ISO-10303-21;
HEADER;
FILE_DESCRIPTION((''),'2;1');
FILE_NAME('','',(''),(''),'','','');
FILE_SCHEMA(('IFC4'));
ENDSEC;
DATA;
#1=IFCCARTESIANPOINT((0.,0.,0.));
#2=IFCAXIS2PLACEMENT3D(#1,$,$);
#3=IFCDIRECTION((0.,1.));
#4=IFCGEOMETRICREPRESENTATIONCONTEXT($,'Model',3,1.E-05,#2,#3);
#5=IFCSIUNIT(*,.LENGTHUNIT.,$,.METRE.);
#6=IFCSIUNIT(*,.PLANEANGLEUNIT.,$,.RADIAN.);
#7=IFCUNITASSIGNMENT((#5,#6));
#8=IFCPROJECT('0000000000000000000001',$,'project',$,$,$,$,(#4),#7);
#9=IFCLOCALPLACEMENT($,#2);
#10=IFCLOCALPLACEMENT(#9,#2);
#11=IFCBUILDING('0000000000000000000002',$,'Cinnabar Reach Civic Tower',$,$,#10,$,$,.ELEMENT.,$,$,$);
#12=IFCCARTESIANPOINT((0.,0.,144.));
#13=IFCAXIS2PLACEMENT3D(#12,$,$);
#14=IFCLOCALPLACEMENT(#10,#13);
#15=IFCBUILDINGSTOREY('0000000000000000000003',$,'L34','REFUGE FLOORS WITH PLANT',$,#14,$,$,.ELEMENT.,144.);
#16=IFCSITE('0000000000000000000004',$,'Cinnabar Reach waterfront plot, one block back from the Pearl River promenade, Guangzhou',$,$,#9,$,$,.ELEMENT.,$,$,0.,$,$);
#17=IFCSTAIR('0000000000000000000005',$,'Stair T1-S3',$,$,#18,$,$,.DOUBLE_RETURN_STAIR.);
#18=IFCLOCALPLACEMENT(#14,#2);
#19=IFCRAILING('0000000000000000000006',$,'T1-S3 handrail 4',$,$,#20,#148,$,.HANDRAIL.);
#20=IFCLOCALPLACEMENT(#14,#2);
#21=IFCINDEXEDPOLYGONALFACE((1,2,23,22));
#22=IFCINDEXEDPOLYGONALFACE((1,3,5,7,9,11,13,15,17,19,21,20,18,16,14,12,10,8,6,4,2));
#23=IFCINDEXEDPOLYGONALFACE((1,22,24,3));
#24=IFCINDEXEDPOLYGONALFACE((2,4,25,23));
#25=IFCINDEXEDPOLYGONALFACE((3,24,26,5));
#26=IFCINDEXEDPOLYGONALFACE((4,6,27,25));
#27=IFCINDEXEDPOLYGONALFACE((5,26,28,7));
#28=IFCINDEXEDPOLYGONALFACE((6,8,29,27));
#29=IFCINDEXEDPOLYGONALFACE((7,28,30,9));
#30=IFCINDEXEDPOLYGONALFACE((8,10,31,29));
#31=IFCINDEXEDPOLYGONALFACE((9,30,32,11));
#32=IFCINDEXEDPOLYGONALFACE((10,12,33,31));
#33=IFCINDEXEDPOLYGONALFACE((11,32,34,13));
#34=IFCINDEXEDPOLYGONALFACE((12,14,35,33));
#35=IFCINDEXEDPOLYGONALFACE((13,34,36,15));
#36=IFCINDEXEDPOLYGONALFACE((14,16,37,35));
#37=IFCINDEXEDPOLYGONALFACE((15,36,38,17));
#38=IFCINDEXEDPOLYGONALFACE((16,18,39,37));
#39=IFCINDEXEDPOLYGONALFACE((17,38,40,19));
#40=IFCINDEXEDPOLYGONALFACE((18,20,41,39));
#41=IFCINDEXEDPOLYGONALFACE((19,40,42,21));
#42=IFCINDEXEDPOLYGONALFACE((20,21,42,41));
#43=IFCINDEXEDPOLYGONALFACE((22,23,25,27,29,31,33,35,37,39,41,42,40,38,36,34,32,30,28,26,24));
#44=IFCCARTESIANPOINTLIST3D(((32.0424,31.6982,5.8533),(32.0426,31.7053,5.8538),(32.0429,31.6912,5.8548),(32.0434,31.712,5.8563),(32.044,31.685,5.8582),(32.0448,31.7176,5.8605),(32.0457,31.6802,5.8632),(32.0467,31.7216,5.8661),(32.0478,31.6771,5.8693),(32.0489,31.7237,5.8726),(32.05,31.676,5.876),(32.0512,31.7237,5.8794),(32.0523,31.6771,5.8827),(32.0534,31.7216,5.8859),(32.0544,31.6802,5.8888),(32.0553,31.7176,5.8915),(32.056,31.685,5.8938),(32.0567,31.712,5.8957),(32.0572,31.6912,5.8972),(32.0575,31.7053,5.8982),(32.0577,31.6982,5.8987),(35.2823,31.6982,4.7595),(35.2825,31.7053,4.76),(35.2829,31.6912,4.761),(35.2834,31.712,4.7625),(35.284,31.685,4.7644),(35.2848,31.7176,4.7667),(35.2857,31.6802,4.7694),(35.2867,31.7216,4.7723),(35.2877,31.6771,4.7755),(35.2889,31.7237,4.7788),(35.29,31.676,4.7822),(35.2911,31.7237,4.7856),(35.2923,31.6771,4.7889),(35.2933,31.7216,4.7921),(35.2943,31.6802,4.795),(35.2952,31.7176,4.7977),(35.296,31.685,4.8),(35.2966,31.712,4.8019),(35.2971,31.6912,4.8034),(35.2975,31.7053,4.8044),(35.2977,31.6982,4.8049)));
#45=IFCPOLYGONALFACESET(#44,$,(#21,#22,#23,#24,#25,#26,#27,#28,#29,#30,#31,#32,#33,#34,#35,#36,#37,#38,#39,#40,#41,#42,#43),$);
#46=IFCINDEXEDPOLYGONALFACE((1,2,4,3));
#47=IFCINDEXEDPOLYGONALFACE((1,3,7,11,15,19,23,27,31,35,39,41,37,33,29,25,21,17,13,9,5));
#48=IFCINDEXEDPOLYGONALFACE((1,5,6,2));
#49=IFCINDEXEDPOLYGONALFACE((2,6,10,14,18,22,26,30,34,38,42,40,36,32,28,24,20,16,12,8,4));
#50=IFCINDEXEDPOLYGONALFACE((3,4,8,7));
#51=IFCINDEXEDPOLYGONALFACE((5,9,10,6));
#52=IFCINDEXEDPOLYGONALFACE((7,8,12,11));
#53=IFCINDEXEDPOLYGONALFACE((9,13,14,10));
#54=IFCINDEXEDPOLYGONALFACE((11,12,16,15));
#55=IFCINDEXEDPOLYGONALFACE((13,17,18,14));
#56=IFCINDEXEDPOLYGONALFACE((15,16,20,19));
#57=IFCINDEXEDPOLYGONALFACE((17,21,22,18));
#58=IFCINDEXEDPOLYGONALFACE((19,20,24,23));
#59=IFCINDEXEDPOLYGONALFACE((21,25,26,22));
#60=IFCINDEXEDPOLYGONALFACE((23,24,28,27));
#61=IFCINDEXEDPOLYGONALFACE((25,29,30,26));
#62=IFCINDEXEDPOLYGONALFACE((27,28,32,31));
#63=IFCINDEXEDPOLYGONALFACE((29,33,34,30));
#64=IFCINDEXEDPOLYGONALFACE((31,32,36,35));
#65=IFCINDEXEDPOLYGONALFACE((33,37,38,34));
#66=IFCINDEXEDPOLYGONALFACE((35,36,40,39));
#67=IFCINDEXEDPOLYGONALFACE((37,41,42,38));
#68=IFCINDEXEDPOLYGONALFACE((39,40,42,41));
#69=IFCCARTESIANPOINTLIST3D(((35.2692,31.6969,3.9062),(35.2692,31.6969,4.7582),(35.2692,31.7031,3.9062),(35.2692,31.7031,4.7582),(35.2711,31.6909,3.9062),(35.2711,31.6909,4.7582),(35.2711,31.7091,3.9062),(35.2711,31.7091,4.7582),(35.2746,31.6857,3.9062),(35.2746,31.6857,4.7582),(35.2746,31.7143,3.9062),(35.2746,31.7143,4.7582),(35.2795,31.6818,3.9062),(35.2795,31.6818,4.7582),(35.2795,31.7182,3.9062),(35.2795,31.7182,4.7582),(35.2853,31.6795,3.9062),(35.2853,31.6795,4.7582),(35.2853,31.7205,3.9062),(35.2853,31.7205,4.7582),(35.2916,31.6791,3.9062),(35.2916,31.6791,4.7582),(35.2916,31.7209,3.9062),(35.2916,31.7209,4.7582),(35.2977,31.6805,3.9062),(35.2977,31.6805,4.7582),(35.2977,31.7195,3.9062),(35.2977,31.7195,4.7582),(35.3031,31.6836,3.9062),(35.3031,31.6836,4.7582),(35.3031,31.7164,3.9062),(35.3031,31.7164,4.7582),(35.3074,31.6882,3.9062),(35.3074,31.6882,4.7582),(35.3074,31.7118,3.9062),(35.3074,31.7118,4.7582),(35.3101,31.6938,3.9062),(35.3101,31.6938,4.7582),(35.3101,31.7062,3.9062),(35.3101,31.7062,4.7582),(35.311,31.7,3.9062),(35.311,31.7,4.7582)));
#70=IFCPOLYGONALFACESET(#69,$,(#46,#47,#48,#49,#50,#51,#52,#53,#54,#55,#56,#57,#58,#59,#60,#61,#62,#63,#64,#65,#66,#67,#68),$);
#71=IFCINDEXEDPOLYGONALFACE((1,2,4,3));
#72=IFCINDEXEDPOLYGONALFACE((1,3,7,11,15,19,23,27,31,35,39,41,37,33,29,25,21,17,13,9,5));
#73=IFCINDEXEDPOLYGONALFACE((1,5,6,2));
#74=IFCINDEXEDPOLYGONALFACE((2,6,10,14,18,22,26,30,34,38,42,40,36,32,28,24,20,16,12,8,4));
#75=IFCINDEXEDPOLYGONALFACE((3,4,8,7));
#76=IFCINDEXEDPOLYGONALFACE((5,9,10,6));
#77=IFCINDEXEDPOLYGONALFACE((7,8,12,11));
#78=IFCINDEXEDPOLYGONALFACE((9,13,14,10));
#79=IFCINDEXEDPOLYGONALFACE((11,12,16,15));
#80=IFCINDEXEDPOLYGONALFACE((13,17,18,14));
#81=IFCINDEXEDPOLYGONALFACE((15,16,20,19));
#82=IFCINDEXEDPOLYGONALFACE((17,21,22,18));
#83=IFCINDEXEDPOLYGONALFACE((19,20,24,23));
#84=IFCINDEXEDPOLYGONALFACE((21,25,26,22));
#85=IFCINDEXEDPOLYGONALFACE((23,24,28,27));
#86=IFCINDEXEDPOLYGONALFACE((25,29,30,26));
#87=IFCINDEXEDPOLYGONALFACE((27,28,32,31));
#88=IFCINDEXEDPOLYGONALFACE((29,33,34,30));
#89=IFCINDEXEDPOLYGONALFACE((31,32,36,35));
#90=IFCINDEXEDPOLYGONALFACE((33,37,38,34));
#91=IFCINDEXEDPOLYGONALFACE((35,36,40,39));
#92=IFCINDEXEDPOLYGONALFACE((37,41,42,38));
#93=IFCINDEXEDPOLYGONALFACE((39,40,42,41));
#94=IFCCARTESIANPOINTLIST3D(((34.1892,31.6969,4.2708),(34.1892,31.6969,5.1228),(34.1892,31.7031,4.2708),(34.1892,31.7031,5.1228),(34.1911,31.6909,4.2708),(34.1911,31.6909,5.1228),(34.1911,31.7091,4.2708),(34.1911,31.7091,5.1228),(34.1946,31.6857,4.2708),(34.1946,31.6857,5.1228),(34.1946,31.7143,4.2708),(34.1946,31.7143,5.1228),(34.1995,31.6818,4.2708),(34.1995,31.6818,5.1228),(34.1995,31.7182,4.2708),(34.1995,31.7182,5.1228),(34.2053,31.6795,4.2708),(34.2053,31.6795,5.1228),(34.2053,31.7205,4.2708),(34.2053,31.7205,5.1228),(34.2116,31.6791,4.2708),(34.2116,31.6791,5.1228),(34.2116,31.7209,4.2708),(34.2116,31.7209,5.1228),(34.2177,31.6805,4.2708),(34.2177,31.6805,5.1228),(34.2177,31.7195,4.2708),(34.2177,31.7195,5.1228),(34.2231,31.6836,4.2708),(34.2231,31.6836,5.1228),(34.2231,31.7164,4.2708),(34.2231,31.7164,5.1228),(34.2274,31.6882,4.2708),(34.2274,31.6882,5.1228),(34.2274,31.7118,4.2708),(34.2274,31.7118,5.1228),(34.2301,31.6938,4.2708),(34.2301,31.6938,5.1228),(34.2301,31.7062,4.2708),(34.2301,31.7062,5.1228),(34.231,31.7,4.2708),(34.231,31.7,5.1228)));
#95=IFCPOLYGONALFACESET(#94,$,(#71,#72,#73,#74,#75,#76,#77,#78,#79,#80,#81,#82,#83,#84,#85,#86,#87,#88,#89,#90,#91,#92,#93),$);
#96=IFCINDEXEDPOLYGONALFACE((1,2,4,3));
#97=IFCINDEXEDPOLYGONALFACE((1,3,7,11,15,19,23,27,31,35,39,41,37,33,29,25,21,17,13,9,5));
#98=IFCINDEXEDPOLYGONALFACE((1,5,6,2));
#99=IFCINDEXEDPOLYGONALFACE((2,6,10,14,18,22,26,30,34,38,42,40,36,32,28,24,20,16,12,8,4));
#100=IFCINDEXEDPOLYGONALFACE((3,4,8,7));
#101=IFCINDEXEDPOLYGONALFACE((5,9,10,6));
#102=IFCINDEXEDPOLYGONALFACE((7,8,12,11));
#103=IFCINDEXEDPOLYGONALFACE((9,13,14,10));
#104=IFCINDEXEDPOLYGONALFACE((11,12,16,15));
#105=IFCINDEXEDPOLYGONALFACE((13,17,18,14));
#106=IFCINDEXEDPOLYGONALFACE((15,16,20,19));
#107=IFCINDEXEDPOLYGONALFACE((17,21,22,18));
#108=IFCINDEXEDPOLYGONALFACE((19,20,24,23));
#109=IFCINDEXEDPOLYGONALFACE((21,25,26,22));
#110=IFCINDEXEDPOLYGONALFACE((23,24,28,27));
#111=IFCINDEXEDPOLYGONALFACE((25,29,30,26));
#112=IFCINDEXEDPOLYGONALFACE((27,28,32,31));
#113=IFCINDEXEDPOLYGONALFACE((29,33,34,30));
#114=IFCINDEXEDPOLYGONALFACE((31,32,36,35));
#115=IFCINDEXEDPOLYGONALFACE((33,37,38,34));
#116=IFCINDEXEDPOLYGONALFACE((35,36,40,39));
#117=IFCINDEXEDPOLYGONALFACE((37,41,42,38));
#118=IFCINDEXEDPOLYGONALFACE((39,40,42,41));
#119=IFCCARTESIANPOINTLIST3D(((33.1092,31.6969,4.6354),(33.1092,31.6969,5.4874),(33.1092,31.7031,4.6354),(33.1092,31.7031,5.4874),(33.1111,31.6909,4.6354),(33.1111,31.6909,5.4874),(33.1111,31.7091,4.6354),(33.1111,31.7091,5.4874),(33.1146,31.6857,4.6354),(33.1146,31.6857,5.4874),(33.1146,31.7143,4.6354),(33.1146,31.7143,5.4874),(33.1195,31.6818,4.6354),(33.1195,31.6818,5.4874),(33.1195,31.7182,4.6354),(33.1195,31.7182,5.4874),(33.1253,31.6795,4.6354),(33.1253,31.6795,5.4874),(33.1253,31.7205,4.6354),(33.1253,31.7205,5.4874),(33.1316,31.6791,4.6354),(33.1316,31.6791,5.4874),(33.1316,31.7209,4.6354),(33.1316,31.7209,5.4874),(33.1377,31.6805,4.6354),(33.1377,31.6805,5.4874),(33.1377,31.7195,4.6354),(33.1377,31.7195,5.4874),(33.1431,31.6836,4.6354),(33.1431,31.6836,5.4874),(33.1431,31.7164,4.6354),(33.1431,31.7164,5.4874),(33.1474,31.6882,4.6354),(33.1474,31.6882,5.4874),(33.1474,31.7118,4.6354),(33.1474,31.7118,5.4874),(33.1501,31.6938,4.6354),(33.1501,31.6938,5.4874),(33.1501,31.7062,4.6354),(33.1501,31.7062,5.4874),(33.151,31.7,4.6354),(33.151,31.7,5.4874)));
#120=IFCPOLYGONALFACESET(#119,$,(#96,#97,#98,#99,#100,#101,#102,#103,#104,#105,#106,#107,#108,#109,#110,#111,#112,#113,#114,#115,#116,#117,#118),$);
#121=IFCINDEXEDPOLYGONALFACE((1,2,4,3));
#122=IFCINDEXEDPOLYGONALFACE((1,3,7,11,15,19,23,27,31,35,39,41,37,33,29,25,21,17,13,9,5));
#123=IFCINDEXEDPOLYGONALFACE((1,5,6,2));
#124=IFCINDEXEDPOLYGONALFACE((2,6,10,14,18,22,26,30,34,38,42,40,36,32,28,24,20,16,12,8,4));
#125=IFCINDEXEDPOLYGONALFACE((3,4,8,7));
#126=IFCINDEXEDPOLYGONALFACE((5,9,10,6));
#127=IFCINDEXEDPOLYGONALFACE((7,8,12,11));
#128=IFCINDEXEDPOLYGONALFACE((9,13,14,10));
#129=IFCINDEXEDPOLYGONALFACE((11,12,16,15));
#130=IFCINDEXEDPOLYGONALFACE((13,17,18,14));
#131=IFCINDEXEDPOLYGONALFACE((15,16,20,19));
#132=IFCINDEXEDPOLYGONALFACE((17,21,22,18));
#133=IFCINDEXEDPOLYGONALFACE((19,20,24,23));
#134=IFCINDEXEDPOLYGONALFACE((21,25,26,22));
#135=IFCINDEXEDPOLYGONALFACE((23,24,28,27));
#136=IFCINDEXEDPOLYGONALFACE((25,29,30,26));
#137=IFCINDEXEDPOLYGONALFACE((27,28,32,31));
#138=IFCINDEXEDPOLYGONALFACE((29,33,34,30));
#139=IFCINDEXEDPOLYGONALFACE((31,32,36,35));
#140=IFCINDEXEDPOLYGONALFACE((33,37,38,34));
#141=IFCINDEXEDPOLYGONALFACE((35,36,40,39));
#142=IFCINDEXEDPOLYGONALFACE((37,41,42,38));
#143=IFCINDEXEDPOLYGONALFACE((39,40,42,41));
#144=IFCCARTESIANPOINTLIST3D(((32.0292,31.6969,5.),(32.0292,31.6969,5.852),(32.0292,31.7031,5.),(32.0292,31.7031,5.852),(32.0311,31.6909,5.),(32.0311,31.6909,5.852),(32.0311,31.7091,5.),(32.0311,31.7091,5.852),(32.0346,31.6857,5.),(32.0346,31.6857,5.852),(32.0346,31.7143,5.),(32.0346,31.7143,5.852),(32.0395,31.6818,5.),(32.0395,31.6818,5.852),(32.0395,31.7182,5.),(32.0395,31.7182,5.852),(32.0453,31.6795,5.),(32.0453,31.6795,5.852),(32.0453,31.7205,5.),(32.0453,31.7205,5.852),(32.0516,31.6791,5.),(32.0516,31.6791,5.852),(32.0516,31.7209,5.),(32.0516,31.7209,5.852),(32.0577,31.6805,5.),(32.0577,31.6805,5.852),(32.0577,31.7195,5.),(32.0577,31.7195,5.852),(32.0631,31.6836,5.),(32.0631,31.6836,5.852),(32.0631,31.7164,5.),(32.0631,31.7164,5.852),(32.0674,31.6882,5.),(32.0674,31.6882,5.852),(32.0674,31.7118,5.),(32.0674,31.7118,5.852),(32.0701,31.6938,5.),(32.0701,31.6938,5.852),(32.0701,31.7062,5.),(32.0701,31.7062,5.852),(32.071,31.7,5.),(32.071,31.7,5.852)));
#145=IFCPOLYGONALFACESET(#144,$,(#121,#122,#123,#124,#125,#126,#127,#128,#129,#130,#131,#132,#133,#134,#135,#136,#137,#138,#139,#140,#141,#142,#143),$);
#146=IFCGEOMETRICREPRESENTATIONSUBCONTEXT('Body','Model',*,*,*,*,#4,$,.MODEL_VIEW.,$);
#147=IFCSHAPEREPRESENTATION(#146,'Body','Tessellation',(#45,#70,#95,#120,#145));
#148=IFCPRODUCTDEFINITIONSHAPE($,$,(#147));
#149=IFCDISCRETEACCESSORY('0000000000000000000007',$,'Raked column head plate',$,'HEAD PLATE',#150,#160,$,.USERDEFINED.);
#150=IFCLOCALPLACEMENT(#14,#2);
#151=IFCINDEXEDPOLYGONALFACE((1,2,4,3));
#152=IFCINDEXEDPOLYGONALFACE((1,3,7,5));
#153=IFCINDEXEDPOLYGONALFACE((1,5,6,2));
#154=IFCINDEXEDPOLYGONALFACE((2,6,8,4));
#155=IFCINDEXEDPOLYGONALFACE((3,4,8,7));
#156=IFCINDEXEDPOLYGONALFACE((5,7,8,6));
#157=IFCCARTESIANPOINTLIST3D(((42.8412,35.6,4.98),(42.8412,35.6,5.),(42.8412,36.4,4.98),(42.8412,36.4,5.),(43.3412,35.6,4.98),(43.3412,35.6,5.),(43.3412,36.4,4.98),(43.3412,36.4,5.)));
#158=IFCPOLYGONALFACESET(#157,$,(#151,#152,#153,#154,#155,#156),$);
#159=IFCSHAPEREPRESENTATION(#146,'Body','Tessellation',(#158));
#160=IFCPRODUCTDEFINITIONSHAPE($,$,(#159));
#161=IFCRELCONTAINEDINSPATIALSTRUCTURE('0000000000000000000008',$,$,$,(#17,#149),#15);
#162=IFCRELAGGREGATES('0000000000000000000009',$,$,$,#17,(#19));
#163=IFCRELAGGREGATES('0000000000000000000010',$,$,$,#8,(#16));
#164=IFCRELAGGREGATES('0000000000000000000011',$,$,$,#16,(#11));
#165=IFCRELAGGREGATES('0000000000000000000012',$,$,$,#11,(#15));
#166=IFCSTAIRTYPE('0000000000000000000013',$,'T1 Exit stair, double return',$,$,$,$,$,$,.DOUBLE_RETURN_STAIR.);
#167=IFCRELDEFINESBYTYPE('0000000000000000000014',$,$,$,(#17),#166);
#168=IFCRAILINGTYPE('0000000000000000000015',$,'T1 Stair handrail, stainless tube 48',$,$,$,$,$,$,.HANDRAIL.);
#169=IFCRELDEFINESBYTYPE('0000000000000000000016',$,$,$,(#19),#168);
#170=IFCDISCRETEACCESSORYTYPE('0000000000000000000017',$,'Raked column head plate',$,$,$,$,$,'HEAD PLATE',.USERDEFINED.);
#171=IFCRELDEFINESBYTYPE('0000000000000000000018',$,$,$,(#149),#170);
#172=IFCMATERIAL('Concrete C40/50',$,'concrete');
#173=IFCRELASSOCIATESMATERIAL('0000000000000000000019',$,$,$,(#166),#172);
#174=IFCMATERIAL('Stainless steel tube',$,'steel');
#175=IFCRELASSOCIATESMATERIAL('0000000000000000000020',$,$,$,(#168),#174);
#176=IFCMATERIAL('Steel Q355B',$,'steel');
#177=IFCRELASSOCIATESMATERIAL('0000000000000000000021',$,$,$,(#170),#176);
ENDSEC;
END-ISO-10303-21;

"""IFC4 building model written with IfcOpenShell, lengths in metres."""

from ifc_helpers import new_model, si_unit, direction, frame, origin, origin_2d, place, context, subcontext, project, spatial, rectangle, circle, extrude, material, type_object, element, aggregate, save


model = new_model("IFC4")

# Units and contexts
model_context = context("Model", 3, precision=1e-05, world=origin(), true_north=direction((0.0, 1.0)))
body_context = subcontext(model_context, "Body", "Model", "MODEL_VIEW")
ifc_project = project(units=[si_unit("LENGTHUNIT", "METRE"), si_unit("PLANEANGLEUNIT", "RADIAN")], contexts=[model_context])

# Site, building, storey
site_placement = place(None, origin())
site = spatial("IfcSite", under=ifc_project, at=site_placement, Name="Cinnabar Reach waterfront plot, one block back from the Pearl River promenade, Guangzhou", CompositionType="ELEMENT", RefElevation=0.0)
building_placement = place(site_placement, origin())
building = spatial("IfcBuilding", under=site, at=building_placement, Name="Cinnabar Reach Civic Tower", CompositionType="ELEMENT")
storey_placement = place(building_placement, frame((0.0, 0.0, 144.0)))
storey = spatial("IfcBuildingStorey", under=building, at=storey_placement, Name="L34", Description="REFUGE FLOORS WITH PLANT", CompositionType="ELEMENT", Elevation=144.0)

# Shared definitions
ifc_material_1 = material(Name="Steel Q355B", Category="steel")

# Stair, railing
ifc_material_2 = material(Name="Concrete C40/50", Category="concrete")
stair_type = type_object("IfcStairType", Name="T1 Exit stair, double return", PredefinedType="DOUBLE_RETURN_STAIR", material=ifc_material_2)
stair_placement = place(storey_placement, origin())
stair = element("IfcStair", 1, at=stair_placement, inside=storey, type_object=stair_type, Name="Stair T1-S3", PredefinedType="DOUBLE_RETURN_STAIR")
ifc_material_3 = material(Name="Stainless steel tube", Category="steel")
railing_type = type_object("IfcRailingType", Name="T1 Stair handrail, stainless tube 48", PredefinedType="HANDRAIL", material=ifc_material_3)
railing_1_placement = place(storey_placement, frame((35.29, 31.7, 3.9062)))
railing_1 = element("IfcRailing", 2, at=railing_1_placement, type_object=railing_type, Name="T1-S3 handrail 4", PredefinedType="HANDRAIL", context=body_context, shape_type="SweptSolid", body=[
    extrude(circle(Radius=0.024, at=origin_2d()), frame((0.0, 0.0, 0.876), z_axis=(-0.947466, 0.0, 0.319857), x_axis=(0.0, -1.0, 0.0)), (0.0, 0.0, 1.0), 3.4196),
    extrude(circle(Radius=0.021, at=origin_2d()), origin(), (0.0, 0.0, 1.0), 0.852),
    extrude(circle(Radius=0.021, at=origin_2d()), frame((-1.08, 0.0, 0.3646)), (0.0, 0.0, 1.0), 0.852),
    extrude(circle(Radius=0.021, at=origin_2d()), frame((-2.16, 0.0, 0.7292)), (0.0, 0.0, 1.0), 0.852),
    extrude(circle(Radius=0.021, at=origin_2d()), frame((-3.24, 0.0, 1.0938)), (0.0, 0.0, 1.0), 0.852),
])
aggregate(stair, [railing_1])

# Discrete accessory
discrete_accessory_type = type_object("IfcDiscreteAccessoryType", Name="Raked column head plate", ElementType="HEAD PLATE", PredefinedType="USERDEFINED", material=ifc_material_1)
discrete_accessory_placement = place(storey_placement, frame((43.0912, 36.0, 4.98), z_axis=(0.0, 0.0, 1.0), x_axis=(-1.0, 0.0, 0.0)))
element("IfcDiscreteAccessory", 3, at=discrete_accessory_placement, inside=storey, type_object=discrete_accessory_type, Name="Raked column head plate", ObjectType="HEAD PLATE", PredefinedType="USERDEFINED", context=body_context, shape_type="SweptSolid", body=[
    extrude(rectangle(XDim=0.5, YDim=0.8, at=origin_2d()), origin(), (0.0, 0.0, 1.0), 0.02),
])

save(model, "model.ifc")
